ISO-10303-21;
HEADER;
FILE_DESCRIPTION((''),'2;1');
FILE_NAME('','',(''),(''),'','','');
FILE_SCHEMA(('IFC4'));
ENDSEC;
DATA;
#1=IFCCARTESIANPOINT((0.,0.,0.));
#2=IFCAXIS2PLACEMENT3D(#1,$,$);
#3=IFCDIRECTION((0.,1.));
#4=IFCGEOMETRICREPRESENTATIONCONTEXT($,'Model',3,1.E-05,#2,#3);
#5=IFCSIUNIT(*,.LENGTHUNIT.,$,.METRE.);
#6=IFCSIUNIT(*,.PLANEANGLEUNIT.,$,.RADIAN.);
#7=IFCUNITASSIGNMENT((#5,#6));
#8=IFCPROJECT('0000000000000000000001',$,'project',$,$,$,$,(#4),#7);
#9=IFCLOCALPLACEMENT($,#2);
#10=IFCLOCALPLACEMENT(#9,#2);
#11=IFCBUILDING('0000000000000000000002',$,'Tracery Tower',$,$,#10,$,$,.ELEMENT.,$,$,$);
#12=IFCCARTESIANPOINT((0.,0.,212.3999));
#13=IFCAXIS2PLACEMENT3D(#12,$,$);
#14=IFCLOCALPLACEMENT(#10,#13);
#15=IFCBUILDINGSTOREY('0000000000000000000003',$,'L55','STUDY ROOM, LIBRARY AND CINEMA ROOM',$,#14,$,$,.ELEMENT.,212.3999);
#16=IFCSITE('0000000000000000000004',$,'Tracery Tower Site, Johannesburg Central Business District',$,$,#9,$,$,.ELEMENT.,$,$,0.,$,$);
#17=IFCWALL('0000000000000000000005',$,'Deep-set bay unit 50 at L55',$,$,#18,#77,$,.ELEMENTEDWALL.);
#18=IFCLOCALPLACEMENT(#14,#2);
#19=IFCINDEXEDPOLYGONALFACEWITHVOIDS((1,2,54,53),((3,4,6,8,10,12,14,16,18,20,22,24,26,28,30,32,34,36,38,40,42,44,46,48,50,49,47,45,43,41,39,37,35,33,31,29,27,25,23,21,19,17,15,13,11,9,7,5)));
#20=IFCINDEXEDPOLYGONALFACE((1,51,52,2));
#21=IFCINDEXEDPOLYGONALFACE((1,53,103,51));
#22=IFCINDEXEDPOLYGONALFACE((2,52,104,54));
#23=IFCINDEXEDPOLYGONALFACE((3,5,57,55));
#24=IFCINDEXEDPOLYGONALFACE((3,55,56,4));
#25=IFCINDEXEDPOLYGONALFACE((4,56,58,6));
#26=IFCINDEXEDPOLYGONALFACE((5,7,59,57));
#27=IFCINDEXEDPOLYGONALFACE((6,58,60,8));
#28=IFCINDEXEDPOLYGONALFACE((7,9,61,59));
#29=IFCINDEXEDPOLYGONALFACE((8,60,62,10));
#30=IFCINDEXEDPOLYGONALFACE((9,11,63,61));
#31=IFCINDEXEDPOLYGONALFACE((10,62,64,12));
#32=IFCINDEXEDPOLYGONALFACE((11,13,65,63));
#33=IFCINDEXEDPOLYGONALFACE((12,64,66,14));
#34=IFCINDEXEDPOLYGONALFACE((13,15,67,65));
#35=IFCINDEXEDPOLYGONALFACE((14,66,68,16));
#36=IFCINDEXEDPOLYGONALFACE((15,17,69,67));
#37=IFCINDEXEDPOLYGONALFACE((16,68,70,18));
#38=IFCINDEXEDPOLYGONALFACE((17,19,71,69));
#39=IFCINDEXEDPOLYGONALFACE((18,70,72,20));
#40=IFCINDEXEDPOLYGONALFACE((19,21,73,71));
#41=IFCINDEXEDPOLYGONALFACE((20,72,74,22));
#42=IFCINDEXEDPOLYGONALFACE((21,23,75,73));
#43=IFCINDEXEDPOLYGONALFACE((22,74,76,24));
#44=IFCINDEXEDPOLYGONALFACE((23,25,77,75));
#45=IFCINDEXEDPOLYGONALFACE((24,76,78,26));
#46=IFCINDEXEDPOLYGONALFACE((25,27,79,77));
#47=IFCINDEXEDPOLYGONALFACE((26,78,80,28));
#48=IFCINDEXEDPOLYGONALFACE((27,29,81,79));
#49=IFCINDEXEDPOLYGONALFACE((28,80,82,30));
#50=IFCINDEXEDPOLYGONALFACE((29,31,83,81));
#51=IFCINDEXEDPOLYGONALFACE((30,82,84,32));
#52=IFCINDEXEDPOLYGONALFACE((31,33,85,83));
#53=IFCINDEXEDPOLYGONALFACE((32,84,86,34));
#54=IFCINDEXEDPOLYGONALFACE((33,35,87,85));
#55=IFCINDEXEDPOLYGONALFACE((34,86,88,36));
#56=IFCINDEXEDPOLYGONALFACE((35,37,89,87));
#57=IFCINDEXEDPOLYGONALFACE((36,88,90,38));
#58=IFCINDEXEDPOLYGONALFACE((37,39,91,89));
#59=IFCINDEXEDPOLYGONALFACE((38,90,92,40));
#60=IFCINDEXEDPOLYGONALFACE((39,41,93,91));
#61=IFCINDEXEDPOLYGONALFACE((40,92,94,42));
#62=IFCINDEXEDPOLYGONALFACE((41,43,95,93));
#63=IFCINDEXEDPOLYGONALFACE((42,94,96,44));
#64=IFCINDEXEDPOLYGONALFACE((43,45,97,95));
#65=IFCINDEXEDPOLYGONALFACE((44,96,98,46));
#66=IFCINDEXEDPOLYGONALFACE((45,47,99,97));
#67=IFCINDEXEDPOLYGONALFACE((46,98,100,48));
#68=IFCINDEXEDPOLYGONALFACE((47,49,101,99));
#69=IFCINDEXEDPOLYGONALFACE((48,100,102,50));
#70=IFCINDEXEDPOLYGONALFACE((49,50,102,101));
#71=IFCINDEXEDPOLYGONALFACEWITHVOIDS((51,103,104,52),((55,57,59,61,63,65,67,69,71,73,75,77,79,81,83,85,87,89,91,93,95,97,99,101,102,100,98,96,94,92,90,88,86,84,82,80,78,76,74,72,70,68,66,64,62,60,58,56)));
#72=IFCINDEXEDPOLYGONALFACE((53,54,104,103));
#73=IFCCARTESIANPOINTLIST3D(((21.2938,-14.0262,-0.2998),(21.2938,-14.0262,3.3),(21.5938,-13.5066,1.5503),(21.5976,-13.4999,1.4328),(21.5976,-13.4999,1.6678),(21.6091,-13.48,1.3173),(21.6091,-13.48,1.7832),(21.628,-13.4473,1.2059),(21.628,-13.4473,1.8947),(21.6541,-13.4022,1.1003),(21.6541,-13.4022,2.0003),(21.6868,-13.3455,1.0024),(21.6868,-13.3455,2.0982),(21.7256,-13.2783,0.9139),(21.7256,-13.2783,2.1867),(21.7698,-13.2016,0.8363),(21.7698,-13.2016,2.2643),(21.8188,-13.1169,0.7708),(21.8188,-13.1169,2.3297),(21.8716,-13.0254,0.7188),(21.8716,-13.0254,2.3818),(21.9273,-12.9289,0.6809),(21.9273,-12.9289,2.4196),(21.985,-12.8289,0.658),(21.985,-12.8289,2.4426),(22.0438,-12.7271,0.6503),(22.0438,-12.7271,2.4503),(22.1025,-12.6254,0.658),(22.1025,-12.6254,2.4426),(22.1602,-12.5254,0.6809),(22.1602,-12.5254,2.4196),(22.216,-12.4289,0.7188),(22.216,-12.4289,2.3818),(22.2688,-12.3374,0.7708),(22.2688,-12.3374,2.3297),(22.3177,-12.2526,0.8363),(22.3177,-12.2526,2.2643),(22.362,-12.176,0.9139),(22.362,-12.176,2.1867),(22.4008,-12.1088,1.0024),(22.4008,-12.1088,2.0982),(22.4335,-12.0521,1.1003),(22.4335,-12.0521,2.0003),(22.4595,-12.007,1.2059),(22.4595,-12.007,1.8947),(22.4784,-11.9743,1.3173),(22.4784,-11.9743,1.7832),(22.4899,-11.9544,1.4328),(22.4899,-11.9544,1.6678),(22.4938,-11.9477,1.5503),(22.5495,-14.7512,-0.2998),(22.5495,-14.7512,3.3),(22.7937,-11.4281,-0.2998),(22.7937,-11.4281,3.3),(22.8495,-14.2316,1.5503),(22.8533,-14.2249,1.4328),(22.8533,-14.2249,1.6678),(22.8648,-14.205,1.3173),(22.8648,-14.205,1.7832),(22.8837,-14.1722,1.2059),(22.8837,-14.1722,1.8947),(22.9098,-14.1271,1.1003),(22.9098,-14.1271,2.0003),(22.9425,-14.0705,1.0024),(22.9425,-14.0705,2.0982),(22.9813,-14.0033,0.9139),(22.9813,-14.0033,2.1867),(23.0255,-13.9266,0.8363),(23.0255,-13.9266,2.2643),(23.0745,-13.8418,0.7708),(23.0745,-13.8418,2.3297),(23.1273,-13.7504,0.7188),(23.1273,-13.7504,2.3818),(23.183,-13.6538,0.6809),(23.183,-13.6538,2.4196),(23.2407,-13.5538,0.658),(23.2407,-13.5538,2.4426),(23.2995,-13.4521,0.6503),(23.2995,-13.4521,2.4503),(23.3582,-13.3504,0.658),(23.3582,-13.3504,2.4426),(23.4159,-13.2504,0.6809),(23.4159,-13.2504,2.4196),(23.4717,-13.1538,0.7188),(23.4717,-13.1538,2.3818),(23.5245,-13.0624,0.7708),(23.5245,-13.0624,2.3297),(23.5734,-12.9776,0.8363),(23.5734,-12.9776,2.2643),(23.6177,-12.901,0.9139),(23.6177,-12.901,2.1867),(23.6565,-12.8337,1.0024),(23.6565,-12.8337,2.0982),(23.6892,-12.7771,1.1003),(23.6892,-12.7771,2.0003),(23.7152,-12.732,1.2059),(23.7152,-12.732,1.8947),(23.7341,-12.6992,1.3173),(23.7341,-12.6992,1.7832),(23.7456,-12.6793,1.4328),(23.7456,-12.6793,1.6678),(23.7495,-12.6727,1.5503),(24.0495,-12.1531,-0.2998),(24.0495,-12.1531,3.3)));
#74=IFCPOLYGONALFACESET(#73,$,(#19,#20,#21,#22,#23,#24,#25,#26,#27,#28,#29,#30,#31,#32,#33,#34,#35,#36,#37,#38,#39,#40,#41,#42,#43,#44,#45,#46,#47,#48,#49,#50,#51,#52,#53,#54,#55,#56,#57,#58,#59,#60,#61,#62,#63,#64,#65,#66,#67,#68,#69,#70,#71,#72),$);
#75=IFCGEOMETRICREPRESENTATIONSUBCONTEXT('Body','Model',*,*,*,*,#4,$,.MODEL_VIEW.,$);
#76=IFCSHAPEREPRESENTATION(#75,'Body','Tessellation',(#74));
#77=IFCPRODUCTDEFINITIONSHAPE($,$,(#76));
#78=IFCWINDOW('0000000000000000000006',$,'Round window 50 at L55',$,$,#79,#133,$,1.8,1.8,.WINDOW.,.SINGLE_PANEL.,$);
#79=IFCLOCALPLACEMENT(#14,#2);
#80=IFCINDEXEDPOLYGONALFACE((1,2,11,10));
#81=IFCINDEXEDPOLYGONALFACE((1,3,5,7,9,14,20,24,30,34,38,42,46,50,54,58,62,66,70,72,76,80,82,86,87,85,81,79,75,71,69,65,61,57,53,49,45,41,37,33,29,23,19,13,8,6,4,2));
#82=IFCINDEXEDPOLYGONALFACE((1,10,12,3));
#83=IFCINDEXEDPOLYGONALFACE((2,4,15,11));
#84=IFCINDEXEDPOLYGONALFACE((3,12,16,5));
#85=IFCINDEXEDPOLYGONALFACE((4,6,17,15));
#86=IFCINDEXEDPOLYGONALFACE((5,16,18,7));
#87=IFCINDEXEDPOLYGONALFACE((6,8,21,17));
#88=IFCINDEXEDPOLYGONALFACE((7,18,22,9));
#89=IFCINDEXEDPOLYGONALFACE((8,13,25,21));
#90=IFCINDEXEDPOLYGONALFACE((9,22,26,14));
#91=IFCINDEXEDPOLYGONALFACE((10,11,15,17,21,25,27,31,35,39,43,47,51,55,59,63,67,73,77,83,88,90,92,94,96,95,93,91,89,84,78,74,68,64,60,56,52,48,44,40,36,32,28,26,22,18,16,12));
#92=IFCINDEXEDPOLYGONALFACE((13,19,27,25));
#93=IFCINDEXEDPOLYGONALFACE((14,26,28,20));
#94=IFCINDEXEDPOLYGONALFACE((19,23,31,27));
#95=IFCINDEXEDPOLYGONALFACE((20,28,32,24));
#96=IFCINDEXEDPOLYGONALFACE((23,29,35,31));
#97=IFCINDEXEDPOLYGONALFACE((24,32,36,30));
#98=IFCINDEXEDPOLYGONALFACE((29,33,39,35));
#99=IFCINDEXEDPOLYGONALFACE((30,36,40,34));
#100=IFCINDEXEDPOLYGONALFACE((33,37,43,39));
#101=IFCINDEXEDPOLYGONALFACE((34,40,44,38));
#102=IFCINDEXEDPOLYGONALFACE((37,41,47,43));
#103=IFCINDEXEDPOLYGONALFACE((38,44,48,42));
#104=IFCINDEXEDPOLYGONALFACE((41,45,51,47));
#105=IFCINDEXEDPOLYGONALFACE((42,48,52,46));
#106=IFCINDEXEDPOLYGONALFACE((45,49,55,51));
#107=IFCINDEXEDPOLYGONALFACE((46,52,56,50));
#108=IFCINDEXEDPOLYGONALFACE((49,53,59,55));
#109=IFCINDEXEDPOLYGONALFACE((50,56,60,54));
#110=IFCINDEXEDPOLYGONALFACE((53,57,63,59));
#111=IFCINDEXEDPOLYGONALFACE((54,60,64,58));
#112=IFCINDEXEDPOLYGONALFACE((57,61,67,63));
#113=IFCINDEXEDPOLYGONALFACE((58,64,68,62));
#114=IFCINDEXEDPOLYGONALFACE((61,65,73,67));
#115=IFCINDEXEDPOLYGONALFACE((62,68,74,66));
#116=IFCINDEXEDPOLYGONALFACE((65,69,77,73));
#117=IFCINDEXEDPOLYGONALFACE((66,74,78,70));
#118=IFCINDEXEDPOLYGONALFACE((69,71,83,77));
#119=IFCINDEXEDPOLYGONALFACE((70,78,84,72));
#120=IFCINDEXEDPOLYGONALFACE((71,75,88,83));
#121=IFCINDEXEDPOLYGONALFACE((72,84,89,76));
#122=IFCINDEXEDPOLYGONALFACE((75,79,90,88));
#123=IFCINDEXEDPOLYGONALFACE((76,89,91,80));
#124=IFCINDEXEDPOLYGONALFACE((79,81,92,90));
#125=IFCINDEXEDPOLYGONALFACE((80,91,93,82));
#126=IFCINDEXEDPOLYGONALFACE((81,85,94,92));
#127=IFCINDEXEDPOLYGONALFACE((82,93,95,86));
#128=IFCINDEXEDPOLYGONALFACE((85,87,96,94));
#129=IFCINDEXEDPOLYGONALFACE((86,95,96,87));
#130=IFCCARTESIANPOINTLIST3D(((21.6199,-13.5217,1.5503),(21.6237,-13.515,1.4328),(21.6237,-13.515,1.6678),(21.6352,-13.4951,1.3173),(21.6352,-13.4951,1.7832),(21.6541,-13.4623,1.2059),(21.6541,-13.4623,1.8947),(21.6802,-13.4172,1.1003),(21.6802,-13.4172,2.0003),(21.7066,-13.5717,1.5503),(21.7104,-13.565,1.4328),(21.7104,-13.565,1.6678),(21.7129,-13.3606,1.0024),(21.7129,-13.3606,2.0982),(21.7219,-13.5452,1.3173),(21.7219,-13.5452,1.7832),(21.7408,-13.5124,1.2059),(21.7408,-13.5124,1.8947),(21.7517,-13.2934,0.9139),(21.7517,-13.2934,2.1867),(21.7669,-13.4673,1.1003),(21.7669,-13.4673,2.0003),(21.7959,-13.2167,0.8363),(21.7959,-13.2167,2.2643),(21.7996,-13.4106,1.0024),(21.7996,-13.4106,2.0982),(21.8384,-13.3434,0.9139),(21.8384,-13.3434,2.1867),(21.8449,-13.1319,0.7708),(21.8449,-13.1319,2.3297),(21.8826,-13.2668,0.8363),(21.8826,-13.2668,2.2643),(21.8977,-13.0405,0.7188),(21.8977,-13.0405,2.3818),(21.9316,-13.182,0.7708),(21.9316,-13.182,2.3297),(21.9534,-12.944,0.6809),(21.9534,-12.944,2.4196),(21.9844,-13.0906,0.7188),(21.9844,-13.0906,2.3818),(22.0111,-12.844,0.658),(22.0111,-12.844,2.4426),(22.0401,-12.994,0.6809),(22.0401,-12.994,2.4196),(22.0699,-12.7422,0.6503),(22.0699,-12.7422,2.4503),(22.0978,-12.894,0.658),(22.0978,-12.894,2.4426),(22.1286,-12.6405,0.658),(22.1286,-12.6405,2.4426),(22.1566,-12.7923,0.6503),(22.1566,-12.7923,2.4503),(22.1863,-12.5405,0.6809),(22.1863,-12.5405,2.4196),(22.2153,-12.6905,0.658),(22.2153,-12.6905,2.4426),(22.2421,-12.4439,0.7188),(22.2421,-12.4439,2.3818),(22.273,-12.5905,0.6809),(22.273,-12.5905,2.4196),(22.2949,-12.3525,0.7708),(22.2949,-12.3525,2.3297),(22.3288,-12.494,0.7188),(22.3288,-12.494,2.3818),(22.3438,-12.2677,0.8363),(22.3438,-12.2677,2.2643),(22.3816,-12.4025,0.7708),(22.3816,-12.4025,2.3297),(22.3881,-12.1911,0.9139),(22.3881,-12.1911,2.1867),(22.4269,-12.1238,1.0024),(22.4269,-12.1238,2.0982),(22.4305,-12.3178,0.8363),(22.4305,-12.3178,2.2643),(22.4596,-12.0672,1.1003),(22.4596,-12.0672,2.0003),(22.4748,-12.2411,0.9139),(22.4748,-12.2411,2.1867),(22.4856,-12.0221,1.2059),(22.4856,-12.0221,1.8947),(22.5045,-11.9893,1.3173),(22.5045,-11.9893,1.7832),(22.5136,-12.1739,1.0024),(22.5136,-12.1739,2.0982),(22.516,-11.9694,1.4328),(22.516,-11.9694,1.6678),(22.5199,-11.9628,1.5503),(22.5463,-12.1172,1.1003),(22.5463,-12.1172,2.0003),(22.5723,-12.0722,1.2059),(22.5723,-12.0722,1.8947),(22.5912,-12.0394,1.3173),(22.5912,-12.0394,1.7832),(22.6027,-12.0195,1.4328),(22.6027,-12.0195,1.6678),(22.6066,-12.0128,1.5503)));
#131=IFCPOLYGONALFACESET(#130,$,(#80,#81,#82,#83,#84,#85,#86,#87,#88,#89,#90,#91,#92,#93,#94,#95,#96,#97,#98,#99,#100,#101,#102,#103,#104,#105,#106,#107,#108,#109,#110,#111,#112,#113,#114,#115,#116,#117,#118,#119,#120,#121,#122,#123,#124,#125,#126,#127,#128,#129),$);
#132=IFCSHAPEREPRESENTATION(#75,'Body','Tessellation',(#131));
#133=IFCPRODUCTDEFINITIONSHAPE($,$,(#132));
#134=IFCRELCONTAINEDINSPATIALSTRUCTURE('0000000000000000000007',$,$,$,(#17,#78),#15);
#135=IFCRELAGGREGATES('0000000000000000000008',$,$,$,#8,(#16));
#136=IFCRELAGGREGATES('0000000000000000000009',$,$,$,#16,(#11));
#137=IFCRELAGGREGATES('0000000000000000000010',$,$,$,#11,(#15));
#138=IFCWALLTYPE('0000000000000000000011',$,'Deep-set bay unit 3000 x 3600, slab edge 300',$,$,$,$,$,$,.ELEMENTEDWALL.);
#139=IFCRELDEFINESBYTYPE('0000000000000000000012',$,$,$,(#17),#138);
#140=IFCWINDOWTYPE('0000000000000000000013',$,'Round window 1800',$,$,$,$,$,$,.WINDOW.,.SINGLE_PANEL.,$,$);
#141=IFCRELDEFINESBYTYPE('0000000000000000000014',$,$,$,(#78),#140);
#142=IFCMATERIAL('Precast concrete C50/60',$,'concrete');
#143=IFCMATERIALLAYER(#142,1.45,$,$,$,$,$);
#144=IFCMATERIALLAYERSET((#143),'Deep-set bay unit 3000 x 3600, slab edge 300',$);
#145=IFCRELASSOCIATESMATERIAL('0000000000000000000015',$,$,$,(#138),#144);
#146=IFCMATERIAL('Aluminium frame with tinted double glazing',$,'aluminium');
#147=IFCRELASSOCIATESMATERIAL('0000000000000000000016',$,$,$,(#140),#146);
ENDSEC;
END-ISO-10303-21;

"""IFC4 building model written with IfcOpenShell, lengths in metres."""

from ifc_helpers import new_model, si_unit, direction, frame, frame_2d, origin, origin_2d, place, context, subcontext, project, spatial, rectangle, circle, extrude, material, layer, layer_set, type_object, element, fill, save


model = new_model("IFC4")

# Units and contexts
model_context = context("Model", 3, precision=1e-05, world=origin(), true_north=direction((0.0, 1.0)))
body_context = subcontext(model_context, "Body", "Model", "MODEL_VIEW")
ifc_project = project(units=[si_unit("LENGTHUNIT", "METRE"), si_unit("PLANEANGLEUNIT", "RADIAN")], contexts=[model_context])

# Site, building, storey
site_placement = place(None, origin())
site = spatial("IfcSite", under=ifc_project, at=site_placement, Name="Tracery Tower Site, Johannesburg Central Business District", CompositionType="ELEMENT", RefElevation=0.0)
building_placement = place(site_placement, origin())
building = spatial("IfcBuilding", under=site, at=building_placement, Name="Tracery Tower", CompositionType="ELEMENT")
storey_placement = place(building_placement, frame((0.0, 0.0, 212.3999)))
storey = spatial("IfcBuildingStorey", under=building, at=storey_placement, Name="L55", Description="STUDY ROOM, LIBRARY AND CINEMA ROOM", CompositionType="ELEMENT", Elevation=212.3999)

# Wall, opening, window
ifc_material_1 = material(Name="Precast concrete C50/60", Category="concrete")
ifc_layer_1 = layer(ifc_material_1, 1.45)
ifc_layer_set_1 = layer_set([ifc_layer_1], Name="Deep-set bay unit 3000 x 3600, slab edge 300")
wall_type_1 = type_object("IfcWallType", Name="Deep-set bay unit 3000 x 3600, slab edge 300", PredefinedType="ELEMENTEDWALL", material=ifc_layer_set_1)
ifc_material_2 = material(Name="Aluminium frame with tinted double glazing", Category="aluminium")
window_type = type_object("IfcWindowType", Name="Round window 1800", PartitioningType="SINGLE_PANEL", PredefinedType="WINDOW", material=ifc_material_2)
wall_1_placement = place(storey_placement, frame((21.9216, -14.3887, -0.2998), z_axis=(0.0, 0.0, 1.0), x_axis=(0.49999, 0.866031, 0.0)))
wall_1 = element("IfcWall", 1, at=wall_1_placement, inside=storey, type_object=wall_type_1, Name="Deep-set bay unit 50 at L55", PredefinedType="ELEMENTEDWALL", context=body_context, shape_type="SweptSolid", body=[
    extrude(rectangle(XDim=3.0, YDim=1.45, at=frame_2d((1.5, 0.0))), origin(), (0.0, 0.0, 1.0), 3.5999),
])
opening_1_placement = place(wall_1_placement, frame((1.5, 0.0, 1.8501)))
opening_1 = element("IfcOpeningElement", 2, at=opening_1_placement, cuts=wall_1, PredefinedType="OPENING", context=body_context, shape_type="SweptSolid", body=[
    extrude(circle(Radius=0.9, at=origin_2d()), frame((0.0, 0.7349, 0.0), z_axis=(0.0, -1.0, 0.0), x_axis=(1.0, 0.0, 0.0)), (0.0, 0.0, 1.0), 1.47),
])
window_1_placement = place(opening_1_placement, origin())
window_1 = element("IfcWindow", 3, at=window_1_placement, inside=storey, type_object=window_type, Name="Round window 50 at L55", OverallHeight=1.8, OverallWidth=1.8, PartitioningType="SINGLE_PANEL", PredefinedType="WINDOW", context=body_context, shape_type="SweptSolid", body=[
    extrude(circle(Radius=0.9, at=origin_2d()), frame((0.0, 0.6948, 0.0), z_axis=(0.0, -1.0, 0.0), x_axis=(1.0, 0.0, 0.0)), (0.0, 0.0, 1.0), 0.1001),
])
fill(opening_1, window_1)

save(model, "model.ifc")
